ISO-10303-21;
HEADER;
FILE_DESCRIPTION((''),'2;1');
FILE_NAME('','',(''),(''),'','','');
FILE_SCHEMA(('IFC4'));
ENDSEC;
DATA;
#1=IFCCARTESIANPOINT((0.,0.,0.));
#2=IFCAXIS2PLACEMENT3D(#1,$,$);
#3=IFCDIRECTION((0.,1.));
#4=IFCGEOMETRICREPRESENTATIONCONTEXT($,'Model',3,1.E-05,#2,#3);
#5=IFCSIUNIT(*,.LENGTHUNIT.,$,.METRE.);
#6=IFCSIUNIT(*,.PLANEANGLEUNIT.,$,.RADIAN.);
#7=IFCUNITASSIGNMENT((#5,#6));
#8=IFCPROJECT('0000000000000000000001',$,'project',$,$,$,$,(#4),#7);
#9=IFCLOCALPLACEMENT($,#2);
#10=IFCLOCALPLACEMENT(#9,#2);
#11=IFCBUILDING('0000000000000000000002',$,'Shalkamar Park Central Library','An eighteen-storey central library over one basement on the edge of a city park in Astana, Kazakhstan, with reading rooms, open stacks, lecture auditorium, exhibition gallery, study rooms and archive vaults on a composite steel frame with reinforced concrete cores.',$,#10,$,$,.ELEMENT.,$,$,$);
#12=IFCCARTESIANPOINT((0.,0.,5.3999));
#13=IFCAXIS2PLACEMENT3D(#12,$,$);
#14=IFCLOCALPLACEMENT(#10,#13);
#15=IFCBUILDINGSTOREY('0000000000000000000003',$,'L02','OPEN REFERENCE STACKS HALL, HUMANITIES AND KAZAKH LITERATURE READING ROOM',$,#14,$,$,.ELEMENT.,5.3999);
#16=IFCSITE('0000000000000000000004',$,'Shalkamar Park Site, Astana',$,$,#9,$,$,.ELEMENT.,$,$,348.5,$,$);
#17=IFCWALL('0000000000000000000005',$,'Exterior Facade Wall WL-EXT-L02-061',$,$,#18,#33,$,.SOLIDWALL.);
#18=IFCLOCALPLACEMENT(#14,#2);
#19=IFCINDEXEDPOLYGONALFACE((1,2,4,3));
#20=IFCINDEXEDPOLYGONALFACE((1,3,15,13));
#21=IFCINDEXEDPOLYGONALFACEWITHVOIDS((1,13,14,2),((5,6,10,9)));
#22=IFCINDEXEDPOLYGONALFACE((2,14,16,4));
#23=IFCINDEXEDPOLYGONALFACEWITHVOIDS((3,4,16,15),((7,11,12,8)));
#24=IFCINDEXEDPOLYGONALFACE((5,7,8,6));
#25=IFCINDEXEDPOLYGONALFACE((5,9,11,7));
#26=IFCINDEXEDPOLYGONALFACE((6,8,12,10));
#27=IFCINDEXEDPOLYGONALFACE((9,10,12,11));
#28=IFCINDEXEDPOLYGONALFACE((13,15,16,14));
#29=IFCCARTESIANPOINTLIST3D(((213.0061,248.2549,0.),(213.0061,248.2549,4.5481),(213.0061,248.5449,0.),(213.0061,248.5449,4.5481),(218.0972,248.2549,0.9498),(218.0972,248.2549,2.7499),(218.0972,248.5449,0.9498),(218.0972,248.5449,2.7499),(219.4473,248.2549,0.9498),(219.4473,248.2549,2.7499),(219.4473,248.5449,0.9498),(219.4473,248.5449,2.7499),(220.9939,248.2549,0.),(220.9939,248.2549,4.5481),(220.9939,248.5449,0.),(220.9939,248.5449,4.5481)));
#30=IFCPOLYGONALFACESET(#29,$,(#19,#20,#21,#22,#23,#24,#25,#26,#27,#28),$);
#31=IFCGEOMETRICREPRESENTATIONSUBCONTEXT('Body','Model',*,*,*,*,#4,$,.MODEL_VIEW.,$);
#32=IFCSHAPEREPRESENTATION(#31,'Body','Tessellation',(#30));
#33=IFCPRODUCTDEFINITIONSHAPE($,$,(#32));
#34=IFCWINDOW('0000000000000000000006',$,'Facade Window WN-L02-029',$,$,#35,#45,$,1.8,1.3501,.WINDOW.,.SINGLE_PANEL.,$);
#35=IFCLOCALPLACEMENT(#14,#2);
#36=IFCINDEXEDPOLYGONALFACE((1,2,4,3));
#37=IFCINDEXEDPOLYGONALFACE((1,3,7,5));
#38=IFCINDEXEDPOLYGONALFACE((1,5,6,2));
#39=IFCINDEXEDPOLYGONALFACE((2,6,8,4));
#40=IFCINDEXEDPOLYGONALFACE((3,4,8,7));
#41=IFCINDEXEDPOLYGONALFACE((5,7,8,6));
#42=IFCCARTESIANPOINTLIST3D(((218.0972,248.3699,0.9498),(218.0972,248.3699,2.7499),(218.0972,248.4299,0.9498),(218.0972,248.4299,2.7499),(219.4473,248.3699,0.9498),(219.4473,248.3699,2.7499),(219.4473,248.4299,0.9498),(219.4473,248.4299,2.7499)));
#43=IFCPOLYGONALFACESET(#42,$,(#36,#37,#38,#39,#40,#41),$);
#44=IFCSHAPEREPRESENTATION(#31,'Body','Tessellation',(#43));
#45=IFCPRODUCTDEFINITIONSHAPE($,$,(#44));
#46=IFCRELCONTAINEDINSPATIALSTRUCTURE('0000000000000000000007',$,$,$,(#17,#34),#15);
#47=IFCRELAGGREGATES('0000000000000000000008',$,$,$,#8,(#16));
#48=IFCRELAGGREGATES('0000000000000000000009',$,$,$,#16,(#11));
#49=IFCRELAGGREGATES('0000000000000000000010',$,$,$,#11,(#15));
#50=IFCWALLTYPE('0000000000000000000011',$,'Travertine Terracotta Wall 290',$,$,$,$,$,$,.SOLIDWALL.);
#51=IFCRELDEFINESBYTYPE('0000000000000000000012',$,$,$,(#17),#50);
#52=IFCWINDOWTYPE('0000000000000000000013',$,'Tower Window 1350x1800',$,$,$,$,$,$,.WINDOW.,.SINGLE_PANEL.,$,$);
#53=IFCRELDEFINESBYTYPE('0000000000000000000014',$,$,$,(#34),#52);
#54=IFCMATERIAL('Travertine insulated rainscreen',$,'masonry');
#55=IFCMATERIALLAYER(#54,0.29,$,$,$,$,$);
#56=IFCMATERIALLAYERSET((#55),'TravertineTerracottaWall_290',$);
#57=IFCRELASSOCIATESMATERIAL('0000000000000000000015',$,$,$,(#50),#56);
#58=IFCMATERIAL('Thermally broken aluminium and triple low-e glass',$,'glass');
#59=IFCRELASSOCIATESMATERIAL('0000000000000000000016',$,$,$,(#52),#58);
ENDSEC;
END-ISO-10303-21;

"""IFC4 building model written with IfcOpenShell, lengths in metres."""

from ifc_helpers import new_model, si_unit, direction, frame, frame_2d, origin, place, context, subcontext, project, spatial, rectangle, extrude, material, layer, layer_set, type_object, element, fill, save


model = new_model("IFC4")

# Units and contexts
model_context = context("Model", 3, precision=1e-05, world=origin(), true_north=direction((0.0, 1.0)))
body_context = subcontext(model_context, "Body", "Model", "MODEL_VIEW")
ifc_project = project(units=[si_unit("LENGTHUNIT", "METRE"), si_unit("PLANEANGLEUNIT", "RADIAN")], contexts=[model_context])

# Site, building, storey
site_placement = place(None, origin())
site = spatial("IfcSite", under=ifc_project, at=site_placement, Name="Shalkamar Park Site, Astana", CompositionType="ELEMENT", RefElevation=348.5)
building_placement = place(site_placement, origin())
building = spatial("IfcBuilding", under=site, at=building_placement, Name="Shalkamar Park Central Library", Description="An eighteen-storey central library over one basement on the edge of a city park in Astana, Kazakhstan, with reading rooms, open stacks, lecture auditorium, exhibition gallery, study rooms and archive vaults on a composite steel frame with reinforced concrete cores.", CompositionType="ELEMENT")
storey_placement = place(building_placement, frame((0.0, 0.0, 5.3999)))
storey = spatial("IfcBuildingStorey", under=building, at=storey_placement, Name="L02", Description="OPEN REFERENCE STACKS HALL, HUMANITIES AND KAZAKH LITERATURE READING ROOM", CompositionType="ELEMENT", Elevation=5.3999)

# Wall, opening, window
ifc_material_1 = material(Name="Travertine insulated rainscreen", Category="masonry")
ifc_layer_1 = layer(ifc_material_1, 0.29)
ifc_layer_set_1 = layer_set([ifc_layer_1], Name="TravertineTerracottaWall_290")
wall_type_1 = type_object("IfcWallType", Name="Travertine Terracotta Wall 290", PredefinedType="SOLIDWALL", material=ifc_layer_set_1)
ifc_material_2 = material(Name="Thermally broken aluminium and triple low-e glass", Category="glass")
wall_1_placement = place(storey_placement, frame((213.0061, 248.3999, 0.0), z_axis=(0.0, 0.0, 1.0), x_axis=(1.0, 0.0, 0.0)))
wall_1 = element("IfcWall", 1, at=wall_1_placement, inside=storey, type_object=wall_type_1, Name="Exterior Facade Wall WL-EXT-L02-061", PredefinedType="SOLIDWALL", context=body_context, shape_type="SweptSolid", body=[
    extrude(rectangle(XDim=7.9878, YDim=0.29, at=frame_2d((3.9939, 0.0))), origin(), (0.0, 0.0, 1.0), 4.5481),
])
opening_1_placement = place(wall_1_placement, frame((5.0911, 0.0, 0.95)))
opening_1 = element("IfcOpeningElement", 2, at=opening_1_placement, cuts=wall_1, PredefinedType="OPENING", context=body_context, shape_type="SweptSolid", body=[
    extrude(rectangle(XDim=1.3501, YDim=1.8, at=frame_2d((0.675, 0.8999))), frame((0.0, 0.1599, 0.0), z_axis=(0.0, -1.0, 0.0), x_axis=(1.0, 0.0, 0.0)), (0.0, 0.0, 1.0), 0.3198),
])
window_type_1 = type_object("IfcWindowType", Name="Tower Window 1350x1800", PartitioningType="SINGLE_PANEL", PredefinedType="WINDOW", material=ifc_material_2)
window_1_placement = place(opening_1_placement, origin())
window_1 = element("IfcWindow", 3, at=window_1_placement, inside=storey, type_object=window_type_1, Name="Facade Window WN-L02-029", OverallHeight=1.8, OverallWidth=1.3501, PartitioningType="SINGLE_PANEL", PredefinedType="WINDOW", context=body_context, shape_type="SweptSolid", body=[
    extrude(rectangle(XDim=1.3501, YDim=1.8, at=frame_2d((0.675, 0.8999))), frame((0.0, 0.03, 0.0), z_axis=(0.0, -1.0, 0.0), x_axis=(1.0, 0.0, 0.0)), (0.0, 0.0, 1.0), 0.0601),
])
fill(opening_1, window_1)

save(model, "model.ifc")
